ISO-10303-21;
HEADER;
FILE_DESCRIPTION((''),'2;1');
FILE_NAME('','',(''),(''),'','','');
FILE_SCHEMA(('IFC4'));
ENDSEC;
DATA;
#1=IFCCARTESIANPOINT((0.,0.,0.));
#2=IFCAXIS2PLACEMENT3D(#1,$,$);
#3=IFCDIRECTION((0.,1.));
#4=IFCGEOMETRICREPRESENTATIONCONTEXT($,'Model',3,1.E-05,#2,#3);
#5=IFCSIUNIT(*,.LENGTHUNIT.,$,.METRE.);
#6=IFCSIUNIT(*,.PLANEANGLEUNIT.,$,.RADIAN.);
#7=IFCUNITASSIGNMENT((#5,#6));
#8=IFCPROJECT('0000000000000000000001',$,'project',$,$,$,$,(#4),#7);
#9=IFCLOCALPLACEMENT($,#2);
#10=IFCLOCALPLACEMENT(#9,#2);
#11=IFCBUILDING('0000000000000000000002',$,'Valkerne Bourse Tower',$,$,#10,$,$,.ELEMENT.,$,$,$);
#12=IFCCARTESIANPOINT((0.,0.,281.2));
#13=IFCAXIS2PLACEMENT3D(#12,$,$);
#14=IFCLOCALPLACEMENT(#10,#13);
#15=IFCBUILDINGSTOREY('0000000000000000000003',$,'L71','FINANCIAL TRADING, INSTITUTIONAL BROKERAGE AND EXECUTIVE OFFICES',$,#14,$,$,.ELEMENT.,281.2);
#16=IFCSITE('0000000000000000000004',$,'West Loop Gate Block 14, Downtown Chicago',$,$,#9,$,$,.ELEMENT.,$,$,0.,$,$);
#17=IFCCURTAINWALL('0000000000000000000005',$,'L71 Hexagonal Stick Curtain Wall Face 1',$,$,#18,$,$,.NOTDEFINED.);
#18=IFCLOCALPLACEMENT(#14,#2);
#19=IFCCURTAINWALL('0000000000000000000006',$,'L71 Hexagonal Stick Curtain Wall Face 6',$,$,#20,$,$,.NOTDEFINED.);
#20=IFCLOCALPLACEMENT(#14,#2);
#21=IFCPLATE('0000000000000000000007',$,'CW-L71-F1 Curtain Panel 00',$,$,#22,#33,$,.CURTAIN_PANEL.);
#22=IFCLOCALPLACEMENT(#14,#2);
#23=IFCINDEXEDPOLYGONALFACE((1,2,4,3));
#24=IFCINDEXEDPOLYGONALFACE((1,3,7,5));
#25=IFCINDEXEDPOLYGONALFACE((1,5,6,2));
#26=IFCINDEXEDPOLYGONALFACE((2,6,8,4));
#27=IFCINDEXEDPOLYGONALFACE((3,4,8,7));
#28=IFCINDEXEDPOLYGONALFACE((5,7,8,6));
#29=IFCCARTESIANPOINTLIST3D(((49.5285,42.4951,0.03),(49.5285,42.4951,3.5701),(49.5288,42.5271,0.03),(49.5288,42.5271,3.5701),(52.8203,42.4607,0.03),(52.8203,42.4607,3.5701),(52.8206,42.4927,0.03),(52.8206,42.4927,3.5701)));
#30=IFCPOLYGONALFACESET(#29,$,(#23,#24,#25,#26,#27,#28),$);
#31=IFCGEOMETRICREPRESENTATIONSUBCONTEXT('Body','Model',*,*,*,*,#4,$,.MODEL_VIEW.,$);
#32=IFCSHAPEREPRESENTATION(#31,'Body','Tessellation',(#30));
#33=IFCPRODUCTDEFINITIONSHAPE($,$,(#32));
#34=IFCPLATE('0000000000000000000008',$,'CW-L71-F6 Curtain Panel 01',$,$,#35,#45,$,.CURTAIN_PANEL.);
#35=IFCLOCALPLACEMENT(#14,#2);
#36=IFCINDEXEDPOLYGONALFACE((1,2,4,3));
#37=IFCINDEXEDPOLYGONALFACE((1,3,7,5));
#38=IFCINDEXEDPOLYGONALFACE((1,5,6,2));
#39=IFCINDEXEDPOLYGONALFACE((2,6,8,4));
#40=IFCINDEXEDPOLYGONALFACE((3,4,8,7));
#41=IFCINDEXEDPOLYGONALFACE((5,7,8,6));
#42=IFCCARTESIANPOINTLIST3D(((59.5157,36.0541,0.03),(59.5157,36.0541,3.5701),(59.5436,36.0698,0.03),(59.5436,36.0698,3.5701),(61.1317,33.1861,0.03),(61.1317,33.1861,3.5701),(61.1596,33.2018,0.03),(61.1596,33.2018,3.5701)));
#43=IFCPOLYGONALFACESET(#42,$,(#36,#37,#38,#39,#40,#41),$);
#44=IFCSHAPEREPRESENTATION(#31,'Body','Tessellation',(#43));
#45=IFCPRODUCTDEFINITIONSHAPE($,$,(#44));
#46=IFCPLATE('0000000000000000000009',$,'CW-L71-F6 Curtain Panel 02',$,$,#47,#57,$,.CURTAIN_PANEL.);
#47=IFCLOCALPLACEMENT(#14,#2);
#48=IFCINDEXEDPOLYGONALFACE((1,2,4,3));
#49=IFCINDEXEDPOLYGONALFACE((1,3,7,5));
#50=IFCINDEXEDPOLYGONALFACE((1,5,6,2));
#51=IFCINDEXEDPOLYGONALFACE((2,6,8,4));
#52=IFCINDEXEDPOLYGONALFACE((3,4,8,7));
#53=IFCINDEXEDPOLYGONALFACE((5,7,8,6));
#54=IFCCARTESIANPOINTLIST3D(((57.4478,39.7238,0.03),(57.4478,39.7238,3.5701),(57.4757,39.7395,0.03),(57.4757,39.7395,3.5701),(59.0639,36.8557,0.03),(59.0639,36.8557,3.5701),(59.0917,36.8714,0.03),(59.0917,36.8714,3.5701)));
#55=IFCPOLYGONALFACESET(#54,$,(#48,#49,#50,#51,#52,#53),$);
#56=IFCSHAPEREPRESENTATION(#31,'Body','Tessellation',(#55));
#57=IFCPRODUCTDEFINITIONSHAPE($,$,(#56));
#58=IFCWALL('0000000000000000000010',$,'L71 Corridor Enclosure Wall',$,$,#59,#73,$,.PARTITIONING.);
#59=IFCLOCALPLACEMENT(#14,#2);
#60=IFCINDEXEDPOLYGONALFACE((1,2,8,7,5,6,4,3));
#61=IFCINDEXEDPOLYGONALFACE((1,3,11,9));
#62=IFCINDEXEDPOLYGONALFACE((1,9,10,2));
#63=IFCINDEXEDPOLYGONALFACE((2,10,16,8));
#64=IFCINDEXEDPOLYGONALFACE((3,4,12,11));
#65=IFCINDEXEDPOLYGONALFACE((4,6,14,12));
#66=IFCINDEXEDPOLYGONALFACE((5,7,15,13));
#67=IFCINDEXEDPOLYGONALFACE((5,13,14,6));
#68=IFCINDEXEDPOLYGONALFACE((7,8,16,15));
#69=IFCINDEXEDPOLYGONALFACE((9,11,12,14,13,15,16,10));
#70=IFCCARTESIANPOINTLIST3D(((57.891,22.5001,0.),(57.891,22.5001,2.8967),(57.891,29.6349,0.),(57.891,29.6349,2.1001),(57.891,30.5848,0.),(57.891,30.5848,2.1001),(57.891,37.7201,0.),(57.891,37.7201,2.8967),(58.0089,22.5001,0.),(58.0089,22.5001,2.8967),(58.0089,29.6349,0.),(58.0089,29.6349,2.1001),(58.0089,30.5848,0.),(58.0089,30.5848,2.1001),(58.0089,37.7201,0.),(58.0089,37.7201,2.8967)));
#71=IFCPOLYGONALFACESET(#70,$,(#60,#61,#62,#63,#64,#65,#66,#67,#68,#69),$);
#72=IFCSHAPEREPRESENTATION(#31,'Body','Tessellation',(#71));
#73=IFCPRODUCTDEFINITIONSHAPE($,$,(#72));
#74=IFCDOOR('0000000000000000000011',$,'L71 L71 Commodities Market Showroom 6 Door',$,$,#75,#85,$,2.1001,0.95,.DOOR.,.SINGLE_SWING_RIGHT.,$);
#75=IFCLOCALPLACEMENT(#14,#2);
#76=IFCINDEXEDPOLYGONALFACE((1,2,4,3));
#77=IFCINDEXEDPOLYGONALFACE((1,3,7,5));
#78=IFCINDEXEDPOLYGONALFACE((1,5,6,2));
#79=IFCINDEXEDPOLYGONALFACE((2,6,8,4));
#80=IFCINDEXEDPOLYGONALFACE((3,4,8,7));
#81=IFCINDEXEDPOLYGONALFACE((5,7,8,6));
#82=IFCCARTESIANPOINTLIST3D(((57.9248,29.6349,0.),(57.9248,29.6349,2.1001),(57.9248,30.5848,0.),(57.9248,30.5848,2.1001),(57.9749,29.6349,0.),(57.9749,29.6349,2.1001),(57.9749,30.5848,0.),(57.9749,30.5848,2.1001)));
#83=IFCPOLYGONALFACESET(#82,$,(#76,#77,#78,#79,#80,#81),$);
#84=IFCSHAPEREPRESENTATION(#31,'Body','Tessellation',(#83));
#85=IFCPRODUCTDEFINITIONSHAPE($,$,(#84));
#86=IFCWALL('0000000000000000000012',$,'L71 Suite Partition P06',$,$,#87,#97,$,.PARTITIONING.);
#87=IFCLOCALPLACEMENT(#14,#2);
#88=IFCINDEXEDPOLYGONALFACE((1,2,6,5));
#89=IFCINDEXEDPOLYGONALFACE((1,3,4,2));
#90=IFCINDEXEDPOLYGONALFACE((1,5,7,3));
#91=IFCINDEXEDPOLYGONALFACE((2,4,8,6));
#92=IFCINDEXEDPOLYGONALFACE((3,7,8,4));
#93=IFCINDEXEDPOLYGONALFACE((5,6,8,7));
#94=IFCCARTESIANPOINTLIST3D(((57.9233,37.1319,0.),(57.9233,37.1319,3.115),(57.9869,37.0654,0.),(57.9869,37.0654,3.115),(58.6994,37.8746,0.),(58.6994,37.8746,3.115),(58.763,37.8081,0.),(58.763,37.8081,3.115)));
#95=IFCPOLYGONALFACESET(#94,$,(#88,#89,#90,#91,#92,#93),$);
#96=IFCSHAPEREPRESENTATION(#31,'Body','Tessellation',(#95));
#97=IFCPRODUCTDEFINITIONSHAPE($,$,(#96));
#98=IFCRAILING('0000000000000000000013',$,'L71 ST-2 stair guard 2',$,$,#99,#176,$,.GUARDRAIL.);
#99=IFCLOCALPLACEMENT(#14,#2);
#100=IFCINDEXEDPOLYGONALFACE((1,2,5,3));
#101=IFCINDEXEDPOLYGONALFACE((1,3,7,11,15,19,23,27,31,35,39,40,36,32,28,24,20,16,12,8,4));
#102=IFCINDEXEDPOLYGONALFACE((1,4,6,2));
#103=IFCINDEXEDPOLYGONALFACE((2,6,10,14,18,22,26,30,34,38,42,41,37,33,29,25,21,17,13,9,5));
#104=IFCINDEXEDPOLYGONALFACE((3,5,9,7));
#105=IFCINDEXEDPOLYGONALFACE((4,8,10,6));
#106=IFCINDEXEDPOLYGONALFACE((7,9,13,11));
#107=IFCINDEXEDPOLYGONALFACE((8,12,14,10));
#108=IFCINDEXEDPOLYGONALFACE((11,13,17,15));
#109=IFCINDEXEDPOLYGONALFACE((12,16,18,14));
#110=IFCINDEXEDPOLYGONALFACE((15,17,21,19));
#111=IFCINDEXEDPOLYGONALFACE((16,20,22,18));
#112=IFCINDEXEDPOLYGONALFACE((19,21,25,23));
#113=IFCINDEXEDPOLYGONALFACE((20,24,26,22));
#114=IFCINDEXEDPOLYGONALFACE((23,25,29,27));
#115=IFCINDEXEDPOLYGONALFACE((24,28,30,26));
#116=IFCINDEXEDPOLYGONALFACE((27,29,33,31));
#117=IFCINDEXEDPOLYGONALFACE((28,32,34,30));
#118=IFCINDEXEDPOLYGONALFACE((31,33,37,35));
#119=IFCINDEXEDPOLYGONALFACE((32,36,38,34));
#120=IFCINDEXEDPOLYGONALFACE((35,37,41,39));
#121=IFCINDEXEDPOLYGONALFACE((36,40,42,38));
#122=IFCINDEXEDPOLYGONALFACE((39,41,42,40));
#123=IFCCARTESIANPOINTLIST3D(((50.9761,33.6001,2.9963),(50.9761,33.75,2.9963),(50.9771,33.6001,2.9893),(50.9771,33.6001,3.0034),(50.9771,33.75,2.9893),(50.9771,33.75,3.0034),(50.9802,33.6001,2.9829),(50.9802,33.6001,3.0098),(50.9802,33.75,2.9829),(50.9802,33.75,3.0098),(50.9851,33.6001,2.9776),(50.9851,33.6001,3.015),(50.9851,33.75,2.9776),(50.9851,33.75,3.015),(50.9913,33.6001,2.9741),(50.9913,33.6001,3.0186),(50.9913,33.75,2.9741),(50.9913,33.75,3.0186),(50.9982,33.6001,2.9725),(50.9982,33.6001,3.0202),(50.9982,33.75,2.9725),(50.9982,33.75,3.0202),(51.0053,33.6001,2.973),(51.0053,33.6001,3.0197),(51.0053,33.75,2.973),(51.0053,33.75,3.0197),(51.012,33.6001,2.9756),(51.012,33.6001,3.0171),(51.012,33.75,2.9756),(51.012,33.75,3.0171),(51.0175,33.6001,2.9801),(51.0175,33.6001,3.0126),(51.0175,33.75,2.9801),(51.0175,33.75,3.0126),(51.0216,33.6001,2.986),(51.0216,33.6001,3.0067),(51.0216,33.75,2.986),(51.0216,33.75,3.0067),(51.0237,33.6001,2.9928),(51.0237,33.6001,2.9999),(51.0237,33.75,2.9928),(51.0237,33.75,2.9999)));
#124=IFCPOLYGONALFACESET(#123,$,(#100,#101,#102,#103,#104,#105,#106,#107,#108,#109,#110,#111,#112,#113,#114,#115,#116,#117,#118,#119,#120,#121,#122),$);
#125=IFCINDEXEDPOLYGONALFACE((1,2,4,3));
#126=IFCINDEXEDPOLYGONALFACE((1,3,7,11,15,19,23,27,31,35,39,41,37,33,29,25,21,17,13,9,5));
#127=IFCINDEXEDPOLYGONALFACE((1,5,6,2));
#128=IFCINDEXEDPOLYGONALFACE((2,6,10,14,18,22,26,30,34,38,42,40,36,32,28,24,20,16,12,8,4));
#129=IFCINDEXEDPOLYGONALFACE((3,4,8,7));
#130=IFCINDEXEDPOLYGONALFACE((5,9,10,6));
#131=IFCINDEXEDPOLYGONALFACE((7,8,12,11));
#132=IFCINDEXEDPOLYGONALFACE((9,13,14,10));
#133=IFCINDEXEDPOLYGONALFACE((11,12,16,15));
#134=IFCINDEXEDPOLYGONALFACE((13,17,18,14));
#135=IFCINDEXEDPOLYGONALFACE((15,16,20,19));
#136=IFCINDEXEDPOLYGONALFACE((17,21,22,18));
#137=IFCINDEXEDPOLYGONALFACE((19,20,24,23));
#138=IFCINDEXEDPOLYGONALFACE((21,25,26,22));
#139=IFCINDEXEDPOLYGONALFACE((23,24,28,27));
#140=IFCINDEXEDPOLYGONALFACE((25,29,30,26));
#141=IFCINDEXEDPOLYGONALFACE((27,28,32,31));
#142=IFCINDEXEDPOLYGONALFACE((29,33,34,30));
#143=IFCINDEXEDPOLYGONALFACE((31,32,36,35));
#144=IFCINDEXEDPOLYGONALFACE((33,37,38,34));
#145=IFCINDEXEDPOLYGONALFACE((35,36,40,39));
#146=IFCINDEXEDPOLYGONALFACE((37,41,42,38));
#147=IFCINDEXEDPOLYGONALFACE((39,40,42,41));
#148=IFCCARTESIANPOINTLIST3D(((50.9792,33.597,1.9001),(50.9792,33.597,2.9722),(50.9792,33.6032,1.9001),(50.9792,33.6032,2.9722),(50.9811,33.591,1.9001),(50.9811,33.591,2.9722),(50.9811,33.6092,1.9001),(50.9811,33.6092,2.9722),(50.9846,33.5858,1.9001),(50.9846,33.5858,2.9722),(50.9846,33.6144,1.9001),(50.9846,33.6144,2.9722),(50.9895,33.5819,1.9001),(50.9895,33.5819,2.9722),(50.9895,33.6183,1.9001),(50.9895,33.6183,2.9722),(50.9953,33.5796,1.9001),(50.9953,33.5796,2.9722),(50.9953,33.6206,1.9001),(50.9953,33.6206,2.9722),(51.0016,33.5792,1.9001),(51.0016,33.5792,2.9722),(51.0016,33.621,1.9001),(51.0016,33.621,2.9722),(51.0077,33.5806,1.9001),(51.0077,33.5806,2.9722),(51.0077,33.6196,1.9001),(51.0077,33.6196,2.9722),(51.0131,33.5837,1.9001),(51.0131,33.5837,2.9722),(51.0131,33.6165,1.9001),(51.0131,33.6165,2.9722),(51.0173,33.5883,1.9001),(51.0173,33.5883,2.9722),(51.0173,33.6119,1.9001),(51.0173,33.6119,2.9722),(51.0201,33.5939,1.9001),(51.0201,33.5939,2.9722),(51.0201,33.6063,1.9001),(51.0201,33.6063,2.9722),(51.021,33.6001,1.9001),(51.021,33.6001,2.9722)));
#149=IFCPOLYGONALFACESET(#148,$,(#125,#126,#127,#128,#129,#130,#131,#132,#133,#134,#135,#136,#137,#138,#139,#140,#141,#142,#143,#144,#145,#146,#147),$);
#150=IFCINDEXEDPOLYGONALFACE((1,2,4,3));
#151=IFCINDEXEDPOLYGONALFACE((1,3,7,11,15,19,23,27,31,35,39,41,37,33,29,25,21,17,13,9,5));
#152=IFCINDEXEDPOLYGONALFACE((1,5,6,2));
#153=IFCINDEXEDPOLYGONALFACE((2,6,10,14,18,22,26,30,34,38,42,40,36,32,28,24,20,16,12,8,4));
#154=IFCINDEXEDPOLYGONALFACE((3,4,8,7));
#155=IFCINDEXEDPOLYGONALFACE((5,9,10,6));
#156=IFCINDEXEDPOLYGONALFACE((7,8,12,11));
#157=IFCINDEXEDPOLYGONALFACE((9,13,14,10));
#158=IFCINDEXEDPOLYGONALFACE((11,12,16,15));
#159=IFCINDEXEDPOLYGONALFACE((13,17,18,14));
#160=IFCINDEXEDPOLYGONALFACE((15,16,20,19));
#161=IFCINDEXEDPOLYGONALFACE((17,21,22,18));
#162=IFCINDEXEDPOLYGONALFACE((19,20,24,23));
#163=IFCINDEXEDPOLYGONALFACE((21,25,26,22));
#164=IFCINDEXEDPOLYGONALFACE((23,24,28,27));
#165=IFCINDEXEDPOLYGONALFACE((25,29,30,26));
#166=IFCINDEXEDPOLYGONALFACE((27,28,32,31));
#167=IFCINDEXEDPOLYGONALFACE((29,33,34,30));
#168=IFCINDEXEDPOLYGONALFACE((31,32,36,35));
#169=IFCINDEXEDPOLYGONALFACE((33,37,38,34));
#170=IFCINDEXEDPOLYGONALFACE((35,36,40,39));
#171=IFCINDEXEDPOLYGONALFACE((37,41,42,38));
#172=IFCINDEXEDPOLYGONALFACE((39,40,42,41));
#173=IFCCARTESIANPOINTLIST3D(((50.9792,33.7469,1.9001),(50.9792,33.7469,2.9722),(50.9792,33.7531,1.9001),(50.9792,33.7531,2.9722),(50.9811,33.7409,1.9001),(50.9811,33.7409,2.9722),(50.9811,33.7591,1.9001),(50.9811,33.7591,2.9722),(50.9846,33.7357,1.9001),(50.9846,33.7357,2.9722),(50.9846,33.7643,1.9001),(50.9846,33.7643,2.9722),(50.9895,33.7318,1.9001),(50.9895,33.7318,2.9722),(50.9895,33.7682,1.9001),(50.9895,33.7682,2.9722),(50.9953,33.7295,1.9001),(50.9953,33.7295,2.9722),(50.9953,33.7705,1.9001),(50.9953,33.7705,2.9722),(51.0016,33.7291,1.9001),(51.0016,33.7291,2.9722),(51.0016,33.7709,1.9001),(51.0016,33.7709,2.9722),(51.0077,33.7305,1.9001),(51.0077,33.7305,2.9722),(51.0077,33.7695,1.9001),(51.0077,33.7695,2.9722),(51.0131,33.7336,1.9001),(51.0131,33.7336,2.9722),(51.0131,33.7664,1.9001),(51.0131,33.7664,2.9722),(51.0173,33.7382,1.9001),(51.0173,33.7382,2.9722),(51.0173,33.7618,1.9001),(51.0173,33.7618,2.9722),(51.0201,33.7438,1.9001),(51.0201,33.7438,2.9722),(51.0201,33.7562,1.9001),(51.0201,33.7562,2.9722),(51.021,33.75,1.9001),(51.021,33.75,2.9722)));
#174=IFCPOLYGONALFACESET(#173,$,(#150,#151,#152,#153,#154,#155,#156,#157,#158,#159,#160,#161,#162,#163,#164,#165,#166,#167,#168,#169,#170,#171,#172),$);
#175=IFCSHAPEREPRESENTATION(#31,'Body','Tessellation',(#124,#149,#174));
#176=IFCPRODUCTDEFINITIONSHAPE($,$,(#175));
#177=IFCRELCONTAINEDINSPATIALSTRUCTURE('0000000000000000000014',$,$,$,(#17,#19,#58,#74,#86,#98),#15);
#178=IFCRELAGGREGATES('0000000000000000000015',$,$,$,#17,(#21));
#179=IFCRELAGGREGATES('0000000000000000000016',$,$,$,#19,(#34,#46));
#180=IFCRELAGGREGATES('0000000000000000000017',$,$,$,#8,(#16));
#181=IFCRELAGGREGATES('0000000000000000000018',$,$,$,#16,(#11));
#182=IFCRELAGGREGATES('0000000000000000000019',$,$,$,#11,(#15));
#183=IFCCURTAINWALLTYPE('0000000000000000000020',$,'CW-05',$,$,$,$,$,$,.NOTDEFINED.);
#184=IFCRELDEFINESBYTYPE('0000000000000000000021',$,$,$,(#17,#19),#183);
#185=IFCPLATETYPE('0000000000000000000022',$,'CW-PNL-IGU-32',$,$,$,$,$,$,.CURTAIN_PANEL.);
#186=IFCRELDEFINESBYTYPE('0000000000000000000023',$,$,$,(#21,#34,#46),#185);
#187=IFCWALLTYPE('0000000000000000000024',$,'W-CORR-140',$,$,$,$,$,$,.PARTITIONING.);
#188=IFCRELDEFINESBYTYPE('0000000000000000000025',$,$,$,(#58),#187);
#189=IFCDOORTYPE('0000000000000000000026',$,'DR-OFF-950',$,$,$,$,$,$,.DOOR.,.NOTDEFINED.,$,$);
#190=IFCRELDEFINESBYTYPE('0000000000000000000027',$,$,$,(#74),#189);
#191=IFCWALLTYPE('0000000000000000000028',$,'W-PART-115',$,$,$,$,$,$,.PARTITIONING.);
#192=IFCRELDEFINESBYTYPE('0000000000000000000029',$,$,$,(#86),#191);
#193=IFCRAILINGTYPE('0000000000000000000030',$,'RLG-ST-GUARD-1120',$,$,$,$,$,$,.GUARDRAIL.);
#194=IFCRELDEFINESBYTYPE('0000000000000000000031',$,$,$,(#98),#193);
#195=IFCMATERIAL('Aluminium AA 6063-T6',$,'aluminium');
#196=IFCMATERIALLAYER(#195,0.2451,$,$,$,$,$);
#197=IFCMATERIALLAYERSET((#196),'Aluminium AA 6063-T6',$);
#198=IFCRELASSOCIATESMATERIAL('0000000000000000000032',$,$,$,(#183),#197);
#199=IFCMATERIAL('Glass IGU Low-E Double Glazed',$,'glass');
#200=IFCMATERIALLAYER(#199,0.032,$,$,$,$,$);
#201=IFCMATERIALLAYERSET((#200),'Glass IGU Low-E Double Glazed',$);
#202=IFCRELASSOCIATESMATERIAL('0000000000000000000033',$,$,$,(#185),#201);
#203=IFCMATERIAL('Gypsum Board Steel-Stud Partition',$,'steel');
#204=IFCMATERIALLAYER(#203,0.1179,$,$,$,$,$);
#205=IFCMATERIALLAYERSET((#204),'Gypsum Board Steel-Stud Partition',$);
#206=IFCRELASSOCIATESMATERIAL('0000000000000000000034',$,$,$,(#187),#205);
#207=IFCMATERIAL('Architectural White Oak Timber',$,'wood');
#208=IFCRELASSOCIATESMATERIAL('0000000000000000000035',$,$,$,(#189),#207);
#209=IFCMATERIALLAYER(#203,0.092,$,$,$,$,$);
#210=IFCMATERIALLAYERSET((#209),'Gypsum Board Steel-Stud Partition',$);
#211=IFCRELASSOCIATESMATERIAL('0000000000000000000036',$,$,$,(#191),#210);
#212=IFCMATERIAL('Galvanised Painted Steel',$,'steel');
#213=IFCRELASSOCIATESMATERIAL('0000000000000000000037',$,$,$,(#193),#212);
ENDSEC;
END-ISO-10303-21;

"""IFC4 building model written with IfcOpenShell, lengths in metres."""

from ifc_helpers import new_model, si_unit, direction, frame, frame_2d, origin, origin_2d, place, context, subcontext, project, spatial, rectangle, circle, extrude, material, layer, layer_set, type_object, element, fill, aggregate, save


model = new_model("IFC4")

# Units and contexts
model_context = context("Model", 3, precision=1e-05, world=origin(), true_north=direction((0.0, 1.0)))
body_context = subcontext(model_context, "Body", "Model", "MODEL_VIEW")
ifc_project = project(units=[si_unit("LENGTHUNIT", "METRE"), si_unit("PLANEANGLEUNIT", "RADIAN")], contexts=[model_context])

# Site, building, storey
site_placement = place(None, origin())
site = spatial("IfcSite", under=ifc_project, at=site_placement, Name="West Loop Gate Block 14, Downtown Chicago", CompositionType="ELEMENT", RefElevation=0.0)
building_placement = place(site_placement, origin())
building = spatial("IfcBuilding", under=site, at=building_placement, Name="Valkerne Bourse Tower", CompositionType="ELEMENT")
storey_placement = place(building_placement, frame((0.0, 0.0, 281.2)))
storey = spatial("IfcBuildingStorey", under=building, at=storey_placement, Name="L71", Description="FINANCIAL TRADING, INSTITUTIONAL BROKERAGE AND EXECUTIVE OFFICES", CompositionType="ELEMENT", Elevation=281.2)

# Curtain wall
ifc_material_1 = material(Name="Aluminium AA 6063-T6", Category="aluminium")
ifc_layer_1 = layer(ifc_material_1, 0.2451)
ifc_layer_set_1 = layer_set([ifc_layer_1], Name="Aluminium AA 6063-T6")
curtain_wall_type = type_object("IfcCurtainWallType", Name="CW-05", PredefinedType="NOTDEFINED", material=ifc_layer_set_1)
curtain_wall_1_placement = place(storey_placement, origin())
curtain_wall_1 = element("IfcCurtainWall", 1, at=curtain_wall_1_placement, inside=storey, type_object=curtain_wall_type, Name="L71 Hexagonal Stick Curtain Wall Face 1", PredefinedType="NOTDEFINED")

# Curtain wall
curtain_wall_2_placement = place(storey_placement, origin())
curtain_wall_2 = element("IfcCurtainWall", 2, at=curtain_wall_2_placement, inside=storey, type_object=curtain_wall_type, Name="L71 Hexagonal Stick Curtain Wall Face 6", PredefinedType="NOTDEFINED")

# Plates
ifc_material_2 = material(Name="Glass IGU Low-E Double Glazed", Category="glass")
ifc_layer_2 = layer(ifc_material_2, 0.032)
ifc_layer_set_2 = layer_set([ifc_layer_2], Name="Glass IGU Low-E Double Glazed")
plate_type = type_object("IfcPlateType", Name="CW-PNL-IGU-32", PredefinedType="CURTAIN_PANEL", material=ifc_layer_set_2)
plate_1_placement = place(storey_placement, frame((51.1746, 42.4939, 0.03), z_axis=(0.0, 0.0, 1.0), x_axis=(-0.999945, 0.01047, 0.0)))
plate_1 = element("IfcPlate", 3, at=plate_1_placement, type_object=plate_type, Name="CW-L71-F1 Curtain Panel 00", PredefinedType="CURTAIN_PANEL", context=body_context, shape_type="SweptSolid", body=[
    extrude(rectangle(XDim=3.292, YDim=0.032, at=origin_2d()), origin(), (0.0, 0.0, 1.0), 3.54),
])
aggregate(curtain_wall_1, [plate_1])
plate_2_placement = place(storey_placement, frame((60.3376, 34.6279, 0.03), z_axis=(0.0, 0.0, 1.0), x_axis=(-0.490901, 0.871215, 0.0)))
plate_2 = element("IfcPlate", 4, at=plate_2_placement, type_object=plate_type, Name="CW-L71-F6 Curtain Panel 01", PredefinedType="CURTAIN_PANEL", context=body_context, shape_type="SweptSolid", body=[
    extrude(rectangle(XDim=3.292, YDim=0.032, at=origin_2d()), origin(), (0.0, 0.0, 1.0), 3.54),
])
plate_3_placement = place(storey_placement, frame((58.2698, 38.2976, 0.03), z_axis=(0.0, 0.0, 1.0), x_axis=(-0.490901, 0.871215, 0.0)))
plate_3 = element("IfcPlate", 5, at=plate_3_placement, type_object=plate_type, Name="CW-L71-F6 Curtain Panel 02", PredefinedType="CURTAIN_PANEL", context=body_context, shape_type="SweptSolid", body=[
    extrude(rectangle(XDim=3.292, YDim=0.032, at=origin_2d()), origin(), (0.0, 0.0, 1.0), 3.54),
])
aggregate(curtain_wall_2, [plate_2, plate_3])

# Wall, opening, door
ifc_material_3 = material(Name="Gypsum Board Steel-Stud Partition", Category="steel")
ifc_layer_3 = layer(ifc_material_3, 0.1179)
ifc_layer_set_3 = layer_set([ifc_layer_3], Name="Gypsum Board Steel-Stud Partition")
wall_type_1 = type_object("IfcWallType", Name="W-CORR-140", PredefinedType="PARTITIONING", material=ifc_layer_set_3)
wall_1_placement = place(storey_placement, frame((57.95, 37.72, 0.0), z_axis=(0.0, 0.0, 1.0), x_axis=(0.0, -1.0, 0.0)))
wall_1 = element("IfcWall", 6, at=wall_1_placement, inside=storey, type_object=wall_type_1, Name="L71 Corridor Enclosure Wall", PredefinedType="PARTITIONING", context=body_context, shape_type="SweptSolid", body=[
    extrude(rectangle(XDim=15.22, YDim=0.1179, at=frame_2d((7.6099, 0.0))), origin(), (0.0, 0.0, 1.0), 2.8967),
])
opening_placement = place(wall_1_placement, frame((7.135, 0.0, 0.0)))
opening = element("IfcOpeningElement", 7, at=opening_placement, cuts=wall_1, PredefinedType="OPENING", context=body_context, shape_type="SweptSolid", body=[
    extrude(rectangle(XDim=0.95, YDim=2.1001, at=frame_2d((0.4751, 1.05))), frame((0.0, 0.0688, 0.0), z_axis=(0.0, -1.0, 0.0), x_axis=(1.0, 0.0, 0.0)), (0.0, 0.0, 1.0), 0.1379),
])
ifc_material_4 = material(Name="Architectural White Oak Timber", Category="wood")
door_type = type_object("IfcDoorType", Name="DR-OFF-950", OperationType="NOTDEFINED", PredefinedType="DOOR", material=ifc_material_4)
door_placement = place(opening_placement, origin())
door = element("IfcDoor", 8, at=door_placement, inside=storey, type_object=door_type, Name="L71 L71 Commodities Market Showroom 6 Door", OperationType="SINGLE_SWING_RIGHT", OverallHeight=2.1001, OverallWidth=0.95, PredefinedType="DOOR", context=body_context, shape_type="SweptSolid", body=[
    extrude(rectangle(XDim=0.95, YDim=2.1001, at=frame_2d((0.4751, 1.05))), frame((0.0, 0.0249, 0.0), z_axis=(0.0, -1.0, 0.0), x_axis=(1.0, 0.0, 0.0)), (0.0, 0.0, 1.0), 0.05),
])
fill(opening, door)

# Wall
ifc_layer_4 = layer(ifc_material_3, 0.092)
ifc_layer_set_4 = layer_set([ifc_layer_4], Name="Gypsum Board Steel-Stud Partition")
wall_type_2 = type_object("IfcWallType", Name="W-PART-115", PredefinedType="PARTITIONING", material=ifc_layer_set_4)
wall_2_placement = place(storey_placement, frame((57.9551, 37.0986, 0.0), z_axis=(0.0, 0.0, 1.0), x_axis=(0.722504, 0.691367, 0.0)))
element("IfcWall", 9, at=wall_2_placement, inside=storey, type_object=wall_type_2, Name="L71 Suite Partition P06", PredefinedType="PARTITIONING", context=body_context, shape_type="SweptSolid", body=[
    extrude(rectangle(XDim=1.0742, YDim=0.092, at=frame_2d((0.5371, 0.0))), origin(), (0.0, 0.0, 1.0), 3.115),
])

# Railing
ifc_material_5 = material(Name="Galvanised Painted Steel", Category="steel")
railing_type_1 = type_object("IfcRailingType", Name="RLG-ST-GUARD-1120", PredefinedType="GUARDRAIL", material=ifc_material_5)
railing_1_placement = place(storey_placement, frame((51.0, 33.6001, 1.9001)))
element("IfcRailing", 10, at=railing_1_placement, inside=storey, type_object=railing_type_1, Name="L71 ST-2 stair guard 2", PredefinedType="GUARDRAIL", context=body_context, shape_type="SweptSolid", body=[
    extrude(circle(Radius=0.0239, at=origin_2d()), frame((0.0, 0.0, 1.0962), z_axis=(0.0, 1.0, 0.0), x_axis=(-1.0, 0.0, 0.0)), (0.0, 0.0, 1.0), 0.1499),
    extrude(circle(Radius=0.021, at=origin_2d()), origin(), (0.0, 0.0, 1.0), 1.072),
    extrude(circle(Radius=0.021, at=origin_2d()), frame((0.0, 0.1499, 0.0)), (0.0, 0.0, 1.0), 1.072),
])

save(model, "model.ifc")
